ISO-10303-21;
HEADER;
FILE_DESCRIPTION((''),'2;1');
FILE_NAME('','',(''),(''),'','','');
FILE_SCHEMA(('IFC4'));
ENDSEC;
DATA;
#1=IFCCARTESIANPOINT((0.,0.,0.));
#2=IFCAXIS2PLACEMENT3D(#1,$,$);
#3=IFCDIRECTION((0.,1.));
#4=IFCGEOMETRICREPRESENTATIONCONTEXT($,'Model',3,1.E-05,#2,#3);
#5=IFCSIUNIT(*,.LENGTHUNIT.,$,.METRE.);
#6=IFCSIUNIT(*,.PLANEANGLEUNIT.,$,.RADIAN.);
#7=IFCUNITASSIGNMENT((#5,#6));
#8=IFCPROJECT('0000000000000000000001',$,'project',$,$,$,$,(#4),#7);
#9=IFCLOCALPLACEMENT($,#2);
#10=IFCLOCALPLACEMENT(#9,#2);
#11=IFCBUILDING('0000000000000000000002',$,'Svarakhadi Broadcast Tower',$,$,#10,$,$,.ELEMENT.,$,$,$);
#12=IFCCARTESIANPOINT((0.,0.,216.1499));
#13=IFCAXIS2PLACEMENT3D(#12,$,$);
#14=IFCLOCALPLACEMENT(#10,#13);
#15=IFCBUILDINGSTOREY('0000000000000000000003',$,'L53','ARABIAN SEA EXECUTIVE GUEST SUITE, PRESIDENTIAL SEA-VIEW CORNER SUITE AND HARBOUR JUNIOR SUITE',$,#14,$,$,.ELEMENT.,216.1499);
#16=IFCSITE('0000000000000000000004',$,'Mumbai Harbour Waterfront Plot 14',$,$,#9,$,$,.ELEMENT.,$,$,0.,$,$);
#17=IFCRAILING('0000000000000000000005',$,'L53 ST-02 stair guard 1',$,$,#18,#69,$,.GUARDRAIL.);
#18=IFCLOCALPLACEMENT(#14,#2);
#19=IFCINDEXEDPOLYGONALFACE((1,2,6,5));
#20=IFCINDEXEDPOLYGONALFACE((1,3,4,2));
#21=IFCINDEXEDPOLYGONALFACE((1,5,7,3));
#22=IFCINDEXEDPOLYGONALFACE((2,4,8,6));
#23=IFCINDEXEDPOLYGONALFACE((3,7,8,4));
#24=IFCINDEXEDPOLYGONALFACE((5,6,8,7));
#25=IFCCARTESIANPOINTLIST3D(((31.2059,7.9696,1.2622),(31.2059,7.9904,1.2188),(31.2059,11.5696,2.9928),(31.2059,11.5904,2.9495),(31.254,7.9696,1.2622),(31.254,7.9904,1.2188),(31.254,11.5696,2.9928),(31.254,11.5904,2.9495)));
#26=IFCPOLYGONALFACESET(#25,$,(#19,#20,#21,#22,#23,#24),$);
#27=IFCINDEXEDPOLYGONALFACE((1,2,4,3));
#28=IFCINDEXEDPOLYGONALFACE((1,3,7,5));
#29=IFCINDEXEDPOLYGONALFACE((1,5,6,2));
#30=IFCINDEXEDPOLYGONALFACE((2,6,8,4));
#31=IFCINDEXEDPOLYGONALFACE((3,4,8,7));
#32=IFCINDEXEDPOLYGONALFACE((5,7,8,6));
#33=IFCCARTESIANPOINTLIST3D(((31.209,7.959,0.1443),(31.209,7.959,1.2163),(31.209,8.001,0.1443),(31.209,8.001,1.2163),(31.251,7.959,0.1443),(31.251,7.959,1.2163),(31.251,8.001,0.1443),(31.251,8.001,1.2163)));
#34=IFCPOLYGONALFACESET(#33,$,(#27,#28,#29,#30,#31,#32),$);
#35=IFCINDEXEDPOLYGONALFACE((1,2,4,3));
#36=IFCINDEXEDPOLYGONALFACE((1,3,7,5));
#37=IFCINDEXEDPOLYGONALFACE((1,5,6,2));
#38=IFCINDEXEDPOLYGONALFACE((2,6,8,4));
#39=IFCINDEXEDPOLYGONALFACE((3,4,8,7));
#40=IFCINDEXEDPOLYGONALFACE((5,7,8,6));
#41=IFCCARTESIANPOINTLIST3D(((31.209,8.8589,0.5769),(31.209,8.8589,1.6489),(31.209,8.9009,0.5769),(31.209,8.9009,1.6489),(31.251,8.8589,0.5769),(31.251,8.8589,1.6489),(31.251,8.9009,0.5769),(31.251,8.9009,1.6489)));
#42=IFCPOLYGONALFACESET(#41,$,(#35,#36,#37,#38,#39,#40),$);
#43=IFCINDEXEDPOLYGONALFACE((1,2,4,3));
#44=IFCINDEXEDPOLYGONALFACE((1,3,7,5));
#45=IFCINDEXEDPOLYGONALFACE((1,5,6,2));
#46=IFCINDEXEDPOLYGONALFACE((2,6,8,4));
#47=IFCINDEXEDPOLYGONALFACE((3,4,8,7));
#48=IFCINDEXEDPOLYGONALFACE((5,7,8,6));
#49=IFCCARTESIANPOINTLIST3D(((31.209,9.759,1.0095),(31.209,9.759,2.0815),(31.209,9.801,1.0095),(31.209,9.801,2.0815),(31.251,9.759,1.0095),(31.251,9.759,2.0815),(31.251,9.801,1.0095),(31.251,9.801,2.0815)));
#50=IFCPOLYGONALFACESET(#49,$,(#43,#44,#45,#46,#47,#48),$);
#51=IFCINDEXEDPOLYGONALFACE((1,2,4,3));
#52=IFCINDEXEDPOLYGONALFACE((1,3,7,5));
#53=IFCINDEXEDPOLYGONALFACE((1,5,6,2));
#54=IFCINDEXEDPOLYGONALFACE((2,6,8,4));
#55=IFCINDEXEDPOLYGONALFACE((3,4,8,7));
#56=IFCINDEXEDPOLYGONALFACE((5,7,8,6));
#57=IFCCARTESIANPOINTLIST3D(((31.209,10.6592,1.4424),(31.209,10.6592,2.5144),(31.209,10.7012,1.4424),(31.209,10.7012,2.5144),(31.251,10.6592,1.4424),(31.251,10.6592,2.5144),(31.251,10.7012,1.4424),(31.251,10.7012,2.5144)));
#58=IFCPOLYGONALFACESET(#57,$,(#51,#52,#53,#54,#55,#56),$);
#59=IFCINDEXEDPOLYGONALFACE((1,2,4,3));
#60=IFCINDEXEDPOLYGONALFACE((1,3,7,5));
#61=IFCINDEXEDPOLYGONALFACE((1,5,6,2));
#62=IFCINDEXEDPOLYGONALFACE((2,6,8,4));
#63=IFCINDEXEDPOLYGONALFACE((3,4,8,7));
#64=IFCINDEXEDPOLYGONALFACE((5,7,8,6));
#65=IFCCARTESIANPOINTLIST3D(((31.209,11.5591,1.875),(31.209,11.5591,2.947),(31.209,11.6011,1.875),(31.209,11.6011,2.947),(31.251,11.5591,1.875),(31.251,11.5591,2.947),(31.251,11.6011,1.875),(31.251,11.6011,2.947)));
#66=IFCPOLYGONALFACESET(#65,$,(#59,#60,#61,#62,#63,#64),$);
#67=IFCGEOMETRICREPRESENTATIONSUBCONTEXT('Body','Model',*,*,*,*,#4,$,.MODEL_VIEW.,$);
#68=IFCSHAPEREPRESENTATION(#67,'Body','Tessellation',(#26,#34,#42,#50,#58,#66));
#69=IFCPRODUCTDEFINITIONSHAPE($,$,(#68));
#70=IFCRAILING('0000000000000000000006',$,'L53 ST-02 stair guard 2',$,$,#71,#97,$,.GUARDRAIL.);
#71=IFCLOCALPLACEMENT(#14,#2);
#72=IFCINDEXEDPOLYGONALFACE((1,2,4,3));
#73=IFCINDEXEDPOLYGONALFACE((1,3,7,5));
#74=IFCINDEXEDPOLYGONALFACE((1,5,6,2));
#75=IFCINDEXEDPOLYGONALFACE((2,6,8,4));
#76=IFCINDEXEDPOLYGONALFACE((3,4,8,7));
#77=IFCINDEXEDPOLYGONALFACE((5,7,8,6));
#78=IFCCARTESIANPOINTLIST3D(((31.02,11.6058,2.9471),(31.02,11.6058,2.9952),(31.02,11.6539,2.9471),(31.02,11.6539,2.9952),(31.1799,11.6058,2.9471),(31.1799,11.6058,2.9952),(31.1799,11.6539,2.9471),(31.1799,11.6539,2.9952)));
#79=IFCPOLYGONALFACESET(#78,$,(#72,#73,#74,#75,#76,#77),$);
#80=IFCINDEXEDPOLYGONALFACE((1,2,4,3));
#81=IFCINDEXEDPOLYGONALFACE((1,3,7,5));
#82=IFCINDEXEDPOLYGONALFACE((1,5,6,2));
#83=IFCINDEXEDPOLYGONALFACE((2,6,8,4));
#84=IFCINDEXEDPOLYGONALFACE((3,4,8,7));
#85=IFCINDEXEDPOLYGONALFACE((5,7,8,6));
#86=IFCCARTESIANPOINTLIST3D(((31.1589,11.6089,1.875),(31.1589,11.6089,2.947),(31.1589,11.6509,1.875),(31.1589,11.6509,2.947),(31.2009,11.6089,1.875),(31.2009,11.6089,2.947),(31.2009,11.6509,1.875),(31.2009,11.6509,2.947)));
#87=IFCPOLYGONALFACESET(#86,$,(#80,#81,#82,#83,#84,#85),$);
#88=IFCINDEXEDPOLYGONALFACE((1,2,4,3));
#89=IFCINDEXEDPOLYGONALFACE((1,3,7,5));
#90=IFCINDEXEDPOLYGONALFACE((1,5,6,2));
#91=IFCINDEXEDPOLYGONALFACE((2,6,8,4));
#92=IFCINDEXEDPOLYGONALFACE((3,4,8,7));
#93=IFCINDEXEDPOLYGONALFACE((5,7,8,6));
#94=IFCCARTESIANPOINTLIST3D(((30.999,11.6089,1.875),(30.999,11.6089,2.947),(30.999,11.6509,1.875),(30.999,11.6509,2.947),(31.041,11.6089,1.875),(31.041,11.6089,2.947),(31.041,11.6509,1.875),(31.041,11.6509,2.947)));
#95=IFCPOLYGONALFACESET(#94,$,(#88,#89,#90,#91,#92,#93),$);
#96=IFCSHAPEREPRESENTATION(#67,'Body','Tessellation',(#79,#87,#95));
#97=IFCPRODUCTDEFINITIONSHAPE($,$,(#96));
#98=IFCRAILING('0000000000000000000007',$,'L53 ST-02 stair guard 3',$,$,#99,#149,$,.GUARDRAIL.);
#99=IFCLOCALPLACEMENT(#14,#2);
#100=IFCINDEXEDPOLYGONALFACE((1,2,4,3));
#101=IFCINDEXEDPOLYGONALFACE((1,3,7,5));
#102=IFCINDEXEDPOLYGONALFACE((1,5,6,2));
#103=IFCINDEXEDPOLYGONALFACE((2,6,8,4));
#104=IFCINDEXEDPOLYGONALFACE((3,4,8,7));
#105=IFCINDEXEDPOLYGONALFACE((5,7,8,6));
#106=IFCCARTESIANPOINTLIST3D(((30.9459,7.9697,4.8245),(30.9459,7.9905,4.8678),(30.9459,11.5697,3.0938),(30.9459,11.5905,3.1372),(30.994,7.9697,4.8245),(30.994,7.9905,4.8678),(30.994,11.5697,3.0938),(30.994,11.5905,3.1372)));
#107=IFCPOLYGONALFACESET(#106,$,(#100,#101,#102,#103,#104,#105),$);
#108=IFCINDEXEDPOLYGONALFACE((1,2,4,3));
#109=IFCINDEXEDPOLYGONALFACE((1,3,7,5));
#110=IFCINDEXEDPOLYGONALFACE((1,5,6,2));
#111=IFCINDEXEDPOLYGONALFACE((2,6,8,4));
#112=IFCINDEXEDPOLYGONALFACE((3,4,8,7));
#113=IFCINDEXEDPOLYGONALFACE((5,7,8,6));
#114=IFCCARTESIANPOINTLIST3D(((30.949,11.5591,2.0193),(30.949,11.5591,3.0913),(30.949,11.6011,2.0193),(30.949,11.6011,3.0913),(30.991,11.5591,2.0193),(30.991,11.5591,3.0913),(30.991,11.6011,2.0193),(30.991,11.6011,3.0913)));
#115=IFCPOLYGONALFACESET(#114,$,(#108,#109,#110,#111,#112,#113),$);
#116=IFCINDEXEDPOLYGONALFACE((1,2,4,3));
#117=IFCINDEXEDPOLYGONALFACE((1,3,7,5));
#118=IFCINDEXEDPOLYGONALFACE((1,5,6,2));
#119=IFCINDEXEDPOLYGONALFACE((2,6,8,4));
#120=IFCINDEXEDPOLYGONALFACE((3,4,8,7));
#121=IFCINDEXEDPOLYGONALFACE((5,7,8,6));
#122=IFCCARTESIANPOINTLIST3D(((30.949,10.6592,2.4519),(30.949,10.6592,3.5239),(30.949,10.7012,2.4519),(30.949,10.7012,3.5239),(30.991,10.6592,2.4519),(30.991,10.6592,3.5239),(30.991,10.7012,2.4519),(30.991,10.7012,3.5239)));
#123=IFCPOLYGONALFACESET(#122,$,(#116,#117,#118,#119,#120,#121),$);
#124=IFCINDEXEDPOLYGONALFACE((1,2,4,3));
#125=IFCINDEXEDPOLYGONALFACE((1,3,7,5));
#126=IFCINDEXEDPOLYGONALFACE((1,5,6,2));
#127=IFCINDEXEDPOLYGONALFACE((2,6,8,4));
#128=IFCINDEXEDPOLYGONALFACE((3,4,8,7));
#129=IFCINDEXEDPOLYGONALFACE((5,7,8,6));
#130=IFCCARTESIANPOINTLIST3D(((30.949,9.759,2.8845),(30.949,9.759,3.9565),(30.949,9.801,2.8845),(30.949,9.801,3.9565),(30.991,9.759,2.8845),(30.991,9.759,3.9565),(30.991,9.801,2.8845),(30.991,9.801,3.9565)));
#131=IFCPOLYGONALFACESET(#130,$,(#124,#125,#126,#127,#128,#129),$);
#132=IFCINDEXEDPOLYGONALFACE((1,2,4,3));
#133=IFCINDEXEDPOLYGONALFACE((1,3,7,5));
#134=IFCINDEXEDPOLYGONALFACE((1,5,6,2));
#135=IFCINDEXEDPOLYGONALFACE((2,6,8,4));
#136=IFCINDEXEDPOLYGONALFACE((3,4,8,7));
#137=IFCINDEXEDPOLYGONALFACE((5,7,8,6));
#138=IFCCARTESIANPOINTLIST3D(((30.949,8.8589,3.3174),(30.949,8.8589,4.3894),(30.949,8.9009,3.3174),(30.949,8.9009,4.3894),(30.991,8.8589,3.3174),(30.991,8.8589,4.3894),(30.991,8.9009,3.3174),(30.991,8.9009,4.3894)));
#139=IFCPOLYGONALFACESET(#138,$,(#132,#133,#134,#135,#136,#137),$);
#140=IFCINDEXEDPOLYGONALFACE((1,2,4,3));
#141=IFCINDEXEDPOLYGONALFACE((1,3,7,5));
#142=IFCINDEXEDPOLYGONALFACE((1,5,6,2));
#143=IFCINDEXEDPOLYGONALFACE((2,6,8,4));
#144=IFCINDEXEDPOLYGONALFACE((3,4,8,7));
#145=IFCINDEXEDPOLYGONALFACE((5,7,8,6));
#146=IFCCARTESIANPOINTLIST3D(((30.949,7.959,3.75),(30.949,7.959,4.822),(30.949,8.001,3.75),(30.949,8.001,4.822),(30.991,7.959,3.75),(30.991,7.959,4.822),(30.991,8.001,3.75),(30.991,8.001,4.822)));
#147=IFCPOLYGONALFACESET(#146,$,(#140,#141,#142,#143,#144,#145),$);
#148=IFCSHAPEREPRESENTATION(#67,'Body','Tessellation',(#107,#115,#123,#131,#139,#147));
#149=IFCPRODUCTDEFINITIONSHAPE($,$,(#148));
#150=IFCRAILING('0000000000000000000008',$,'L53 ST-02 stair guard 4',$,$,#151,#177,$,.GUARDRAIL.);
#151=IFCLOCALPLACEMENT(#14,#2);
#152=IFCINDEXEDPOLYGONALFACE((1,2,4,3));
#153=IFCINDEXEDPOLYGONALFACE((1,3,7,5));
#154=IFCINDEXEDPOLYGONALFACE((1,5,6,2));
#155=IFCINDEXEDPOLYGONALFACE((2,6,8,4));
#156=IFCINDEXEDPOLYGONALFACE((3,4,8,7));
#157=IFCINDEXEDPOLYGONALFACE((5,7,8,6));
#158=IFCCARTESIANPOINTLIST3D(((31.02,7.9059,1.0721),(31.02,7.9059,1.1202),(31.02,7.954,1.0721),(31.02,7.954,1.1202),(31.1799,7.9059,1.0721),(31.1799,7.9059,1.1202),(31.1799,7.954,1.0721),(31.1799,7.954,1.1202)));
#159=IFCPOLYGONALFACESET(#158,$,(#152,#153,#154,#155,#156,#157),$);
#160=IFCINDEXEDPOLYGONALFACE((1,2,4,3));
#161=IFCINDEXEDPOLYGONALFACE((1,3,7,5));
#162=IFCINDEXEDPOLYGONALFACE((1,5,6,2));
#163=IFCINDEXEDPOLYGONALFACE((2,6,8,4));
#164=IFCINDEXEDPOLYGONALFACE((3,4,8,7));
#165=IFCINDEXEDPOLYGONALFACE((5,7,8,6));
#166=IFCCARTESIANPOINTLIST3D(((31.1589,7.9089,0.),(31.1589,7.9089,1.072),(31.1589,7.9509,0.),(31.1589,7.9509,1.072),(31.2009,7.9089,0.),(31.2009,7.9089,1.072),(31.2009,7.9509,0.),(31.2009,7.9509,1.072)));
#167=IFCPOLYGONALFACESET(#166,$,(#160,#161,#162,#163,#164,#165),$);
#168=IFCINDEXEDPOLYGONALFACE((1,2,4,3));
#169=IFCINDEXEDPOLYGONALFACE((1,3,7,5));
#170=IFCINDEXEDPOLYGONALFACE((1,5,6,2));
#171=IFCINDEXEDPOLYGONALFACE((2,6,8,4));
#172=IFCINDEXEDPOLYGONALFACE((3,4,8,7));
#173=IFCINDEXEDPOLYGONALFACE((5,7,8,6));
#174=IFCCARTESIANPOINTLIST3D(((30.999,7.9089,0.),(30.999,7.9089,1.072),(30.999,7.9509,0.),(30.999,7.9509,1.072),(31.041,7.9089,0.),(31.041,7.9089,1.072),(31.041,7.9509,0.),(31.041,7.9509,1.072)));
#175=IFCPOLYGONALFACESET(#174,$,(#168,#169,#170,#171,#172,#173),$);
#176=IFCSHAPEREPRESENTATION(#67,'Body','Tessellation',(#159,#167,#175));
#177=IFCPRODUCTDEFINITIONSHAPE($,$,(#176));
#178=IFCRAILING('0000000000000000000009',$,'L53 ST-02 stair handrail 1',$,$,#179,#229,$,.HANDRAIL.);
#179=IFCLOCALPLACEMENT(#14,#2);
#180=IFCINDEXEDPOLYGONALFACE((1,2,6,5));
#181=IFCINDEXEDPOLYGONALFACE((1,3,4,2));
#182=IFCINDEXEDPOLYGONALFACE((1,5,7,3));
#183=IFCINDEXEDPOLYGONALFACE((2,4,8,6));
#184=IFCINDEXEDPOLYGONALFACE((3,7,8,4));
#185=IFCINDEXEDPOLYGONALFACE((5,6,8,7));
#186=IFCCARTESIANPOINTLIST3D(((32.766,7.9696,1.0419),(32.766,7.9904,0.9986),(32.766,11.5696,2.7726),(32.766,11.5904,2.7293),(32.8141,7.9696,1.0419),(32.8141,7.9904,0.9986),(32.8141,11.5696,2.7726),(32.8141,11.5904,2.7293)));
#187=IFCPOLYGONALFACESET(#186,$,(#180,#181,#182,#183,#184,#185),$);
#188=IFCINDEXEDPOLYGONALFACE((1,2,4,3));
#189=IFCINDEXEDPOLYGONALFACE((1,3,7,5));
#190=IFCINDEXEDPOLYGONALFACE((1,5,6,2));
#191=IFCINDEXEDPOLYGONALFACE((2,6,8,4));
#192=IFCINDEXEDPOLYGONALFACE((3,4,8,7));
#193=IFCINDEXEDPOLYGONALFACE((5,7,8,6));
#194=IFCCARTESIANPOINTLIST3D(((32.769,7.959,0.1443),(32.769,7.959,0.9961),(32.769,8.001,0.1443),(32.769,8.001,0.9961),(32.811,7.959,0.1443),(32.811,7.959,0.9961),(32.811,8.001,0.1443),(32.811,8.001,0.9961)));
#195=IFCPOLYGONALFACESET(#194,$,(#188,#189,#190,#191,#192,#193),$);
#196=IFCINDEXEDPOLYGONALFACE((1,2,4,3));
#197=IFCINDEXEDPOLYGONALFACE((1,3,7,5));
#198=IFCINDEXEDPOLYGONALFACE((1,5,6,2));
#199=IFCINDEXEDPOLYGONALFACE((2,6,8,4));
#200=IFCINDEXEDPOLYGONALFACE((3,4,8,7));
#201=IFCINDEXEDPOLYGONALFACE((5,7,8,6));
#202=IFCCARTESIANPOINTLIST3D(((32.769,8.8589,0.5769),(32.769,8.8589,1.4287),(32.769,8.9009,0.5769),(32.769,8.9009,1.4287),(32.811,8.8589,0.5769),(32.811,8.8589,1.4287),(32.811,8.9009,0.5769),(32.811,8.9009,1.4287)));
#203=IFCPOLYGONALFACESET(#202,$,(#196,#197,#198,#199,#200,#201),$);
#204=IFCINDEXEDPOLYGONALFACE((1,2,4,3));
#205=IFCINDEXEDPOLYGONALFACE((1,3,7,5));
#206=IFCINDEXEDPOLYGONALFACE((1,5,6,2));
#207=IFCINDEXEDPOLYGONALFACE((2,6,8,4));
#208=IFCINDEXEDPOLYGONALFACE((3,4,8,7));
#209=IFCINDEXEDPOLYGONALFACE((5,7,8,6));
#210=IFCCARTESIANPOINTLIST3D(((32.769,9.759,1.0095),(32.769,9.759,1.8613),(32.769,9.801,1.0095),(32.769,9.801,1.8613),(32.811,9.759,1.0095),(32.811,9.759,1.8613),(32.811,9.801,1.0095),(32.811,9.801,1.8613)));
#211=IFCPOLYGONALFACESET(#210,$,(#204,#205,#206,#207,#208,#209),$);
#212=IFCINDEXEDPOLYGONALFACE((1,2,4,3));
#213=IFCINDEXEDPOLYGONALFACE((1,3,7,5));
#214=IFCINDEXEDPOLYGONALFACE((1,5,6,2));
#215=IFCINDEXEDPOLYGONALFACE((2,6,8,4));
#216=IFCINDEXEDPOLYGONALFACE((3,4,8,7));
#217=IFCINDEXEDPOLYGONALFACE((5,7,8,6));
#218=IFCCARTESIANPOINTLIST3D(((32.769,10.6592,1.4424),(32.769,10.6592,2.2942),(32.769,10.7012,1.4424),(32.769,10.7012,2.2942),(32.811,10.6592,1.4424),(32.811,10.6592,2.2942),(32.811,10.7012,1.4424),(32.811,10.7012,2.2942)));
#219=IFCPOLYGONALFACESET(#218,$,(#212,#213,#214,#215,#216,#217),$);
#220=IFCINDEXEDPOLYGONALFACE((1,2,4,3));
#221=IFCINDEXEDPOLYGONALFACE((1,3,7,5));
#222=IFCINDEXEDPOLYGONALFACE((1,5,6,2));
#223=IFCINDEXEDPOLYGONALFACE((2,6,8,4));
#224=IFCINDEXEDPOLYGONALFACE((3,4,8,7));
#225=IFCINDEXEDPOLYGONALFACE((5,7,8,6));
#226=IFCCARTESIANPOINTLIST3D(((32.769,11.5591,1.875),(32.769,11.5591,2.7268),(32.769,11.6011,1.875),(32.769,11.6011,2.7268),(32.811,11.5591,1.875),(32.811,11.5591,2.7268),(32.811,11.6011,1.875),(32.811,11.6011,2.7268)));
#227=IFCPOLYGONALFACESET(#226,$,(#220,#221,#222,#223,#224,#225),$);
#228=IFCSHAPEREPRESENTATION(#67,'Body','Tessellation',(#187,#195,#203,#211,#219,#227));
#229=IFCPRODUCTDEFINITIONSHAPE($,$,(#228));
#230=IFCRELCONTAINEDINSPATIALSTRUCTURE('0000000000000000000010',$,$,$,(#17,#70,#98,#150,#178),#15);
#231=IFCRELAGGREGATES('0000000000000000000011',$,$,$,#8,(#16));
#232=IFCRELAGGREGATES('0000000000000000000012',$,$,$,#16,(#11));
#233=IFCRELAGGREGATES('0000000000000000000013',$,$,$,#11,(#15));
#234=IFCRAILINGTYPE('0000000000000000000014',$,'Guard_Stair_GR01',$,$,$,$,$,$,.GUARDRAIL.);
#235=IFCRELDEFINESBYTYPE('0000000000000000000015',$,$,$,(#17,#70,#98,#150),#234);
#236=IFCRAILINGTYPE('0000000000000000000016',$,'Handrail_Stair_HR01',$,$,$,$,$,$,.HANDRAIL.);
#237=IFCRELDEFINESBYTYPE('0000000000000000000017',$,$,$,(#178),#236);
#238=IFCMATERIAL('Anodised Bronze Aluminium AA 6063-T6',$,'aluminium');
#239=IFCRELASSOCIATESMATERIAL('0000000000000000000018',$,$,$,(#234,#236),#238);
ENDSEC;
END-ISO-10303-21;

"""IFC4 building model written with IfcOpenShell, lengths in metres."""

from ifc_helpers import new_model, si_unit, direction, frame, origin, origin_2d, place, context, subcontext, project, spatial, rectangle, extrude, material, type_object, element, save


model = new_model("IFC4")

# Units and contexts
model_context = context("Model", 3, precision=1e-05, world=origin(), true_north=direction((0.0, 1.0)))
body_context = subcontext(model_context, "Body", "Model", "MODEL_VIEW")
ifc_project = project(units=[si_unit("LENGTHUNIT", "METRE"), si_unit("PLANEANGLEUNIT", "RADIAN")], contexts=[model_context])

# Site, building, storey
site_placement = place(None, origin())
site = spatial("IfcSite", under=ifc_project, at=site_placement, Name="Mumbai Harbour Waterfront Plot 14", CompositionType="ELEMENT", RefElevation=0.0)
building_placement = place(site_placement, origin())
building = spatial("IfcBuilding", under=site, at=building_placement, Name="Svarakhadi Broadcast Tower", CompositionType="ELEMENT")
storey_placement = place(building_placement, frame((0.0, 0.0, 216.1499)))
storey = spatial("IfcBuildingStorey", under=building, at=storey_placement, Name="L53", Description="ARABIAN SEA EXECUTIVE GUEST SUITE, PRESIDENTIAL SEA-VIEW CORNER SUITE AND HARBOUR JUNIOR SUITE", CompositionType="ELEMENT", Elevation=216.1499)

# Railings
ifc_material_1 = material(Name="Anodised Bronze Aluminium AA 6063-T6", Category="aluminium")
railing_type_1 = type_object("IfcRailingType", Name="Guard_Stair_GR01", PredefinedType="GUARDRAIL", material=ifc_material_1)
railing_1_placement = place(storey_placement, frame((31.23, 7.98, 0.1443)))
element("IfcRailing", 1, at=railing_1_placement, inside=storey, type_object=railing_type_1, Name="L53 ST-02 stair guard 1", PredefinedType="GUARDRAIL", context=body_context, shape_type="SweptSolid", body=[
    extrude(rectangle(XDim=0.0481, YDim=0.0481, at=origin_2d()), frame((0.0, 0.0, 1.0962), z_axis=(0.0, 0.901263, 0.433273), x_axis=(-1.0, 0.0, 0.0)), (0.0, 0.0, 1.0), 3.9944),
    extrude(rectangle(XDim=0.042, YDim=0.042, at=origin_2d()), origin(), (0.0, 0.0, 1.0), 1.072),
    extrude(rectangle(XDim=0.042, YDim=0.042, at=origin_2d()), frame((0.0, 0.8999, 0.4326)), (0.0, 0.0, 1.0), 1.072),
    extrude(rectangle(XDim=0.042, YDim=0.042, at=origin_2d()), frame((0.0, 1.8, 0.8652)), (0.0, 0.0, 1.0), 1.072),
    extrude(rectangle(XDim=0.042, YDim=0.042, at=origin_2d()), frame((0.0, 2.7002, 1.2981)), (0.0, 0.0, 1.0), 1.072),
    extrude(rectangle(XDim=0.042, YDim=0.042, at=origin_2d()), frame((0.0, 3.6001, 1.7307)), (0.0, 0.0, 1.0), 1.072),
])
railing_2_placement = place(storey_placement, frame((31.1799, 11.6299, 1.875)))
element("IfcRailing", 2, at=railing_2_placement, inside=storey, type_object=railing_type_1, Name="L53 ST-02 stair guard 2", PredefinedType="GUARDRAIL", context=body_context, shape_type="SweptSolid", body=[
    extrude(rectangle(XDim=0.0481, YDim=0.0481, at=origin_2d()), frame((0.0, 0.0, 1.0962), z_axis=(-1.0, 0.0, 0.0), x_axis=(0.0, -1.0, 0.0)), (0.0, 0.0, 1.0), 0.1599),
    extrude(rectangle(XDim=0.042, YDim=0.042, at=origin_2d()), origin(), (0.0, 0.0, 1.0), 1.072),
    extrude(rectangle(XDim=0.042, YDim=0.042, at=origin_2d()), frame((-0.1599, 0.0, 0.0)), (0.0, 0.0, 1.0), 1.072),
])
railing_3_placement = place(storey_placement, frame((30.97, 11.5801, 2.0193)))
element("IfcRailing", 3, at=railing_3_placement, inside=storey, type_object=railing_type_1, Name="L53 ST-02 stair guard 3", PredefinedType="GUARDRAIL", context=body_context, shape_type="SweptSolid", body=[
    extrude(rectangle(XDim=0.0481, YDim=0.0481, at=origin_2d()), frame((0.0, 0.0, 1.0962), z_axis=(0.0, -0.901263, 0.433273), x_axis=(1.0, 0.0, 0.0)), (0.0, 0.0, 1.0), 3.9944),
    extrude(rectangle(XDim=0.042, YDim=0.042, at=origin_2d()), origin(), (0.0, 0.0, 1.0), 1.072),
    extrude(rectangle(XDim=0.042, YDim=0.042, at=origin_2d()), frame((0.0, -0.8999, 0.4326)), (0.0, 0.0, 1.0), 1.072),
    extrude(rectangle(XDim=0.042, YDim=0.042, at=origin_2d()), frame((0.0, -1.8, 0.8652)), (0.0, 0.0, 1.0), 1.072),
    extrude(rectangle(XDim=0.042, YDim=0.042, at=origin_2d()), frame((0.0, -2.7002, 1.2981)), (0.0, 0.0, 1.0), 1.072),
    extrude(rectangle(XDim=0.042, YDim=0.042, at=origin_2d()), frame((0.0, -3.6001, 1.7307)), (0.0, 0.0, 1.0), 1.072),
])
railing_4_placement = place(storey_placement, frame((31.1799, 7.9299, 0.0)))
element("IfcRailing", 4, at=railing_4_placement, inside=storey, type_object=railing_type_1, Name="L53 ST-02 stair guard 4", PredefinedType="GUARDRAIL", context=body_context, shape_type="SweptSolid", body=[
    extrude(rectangle(XDim=0.0481, YDim=0.0481, at=origin_2d()), frame((0.0, 0.0, 1.0962), z_axis=(-1.0, 0.0, 0.0), x_axis=(0.0, -1.0, 0.0)), (0.0, 0.0, 1.0), 0.1599),
    extrude(rectangle(XDim=0.042, YDim=0.042, at=origin_2d()), origin(), (0.0, 0.0, 1.0), 1.072),
    extrude(rectangle(XDim=0.042, YDim=0.042, at=origin_2d()), frame((-0.1599, 0.0, 0.0)), (0.0, 0.0, 1.0), 1.072),
])
railing_type_2 = type_object("IfcRailingType", Name="Handrail_Stair_HR01", PredefinedType="HANDRAIL", material=ifc_material_1)
railing_5_placement = place(storey_placement, frame((32.79, 7.98, 0.1443)))
element("IfcRailing", 5, at=railing_5_placement, inside=storey, type_object=railing_type_2, Name="L53 ST-02 stair handrail 1", PredefinedType="HANDRAIL", context=body_context, shape_type="SweptSolid", body=[
    extrude(rectangle(XDim=0.0481, YDim=0.0481, at=origin_2d()), frame((0.0, 0.0, 0.876), z_axis=(0.0, 0.901263, 0.433273), x_axis=(-1.0, 0.0, 0.0)), (0.0, 0.0, 1.0), 3.9944),
    extrude(rectangle(XDim=0.042, YDim=0.042, at=origin_2d()), origin(), (0.0, 0.0, 1.0), 0.8518),
    extrude(rectangle(XDim=0.042, YDim=0.042, at=origin_2d()), frame((0.0, 0.8999, 0.4326)), (0.0, 0.0, 1.0), 0.8518),
    extrude(rectangle(XDim=0.042, YDim=0.042, at=origin_2d()), frame((0.0, 1.8, 0.8652)), (0.0, 0.0, 1.0), 0.8518),
    extrude(rectangle(XDim=0.042, YDim=0.042, at=origin_2d()), frame((0.0, 2.7002, 1.2981)), (0.0, 0.0, 1.0), 0.8518),
    extrude(rectangle(XDim=0.042, YDim=0.042, at=origin_2d()), frame((0.0, 3.6001, 1.7307)), (0.0, 0.0, 1.0), 0.8518),
])

save(model, "model.ifc")
